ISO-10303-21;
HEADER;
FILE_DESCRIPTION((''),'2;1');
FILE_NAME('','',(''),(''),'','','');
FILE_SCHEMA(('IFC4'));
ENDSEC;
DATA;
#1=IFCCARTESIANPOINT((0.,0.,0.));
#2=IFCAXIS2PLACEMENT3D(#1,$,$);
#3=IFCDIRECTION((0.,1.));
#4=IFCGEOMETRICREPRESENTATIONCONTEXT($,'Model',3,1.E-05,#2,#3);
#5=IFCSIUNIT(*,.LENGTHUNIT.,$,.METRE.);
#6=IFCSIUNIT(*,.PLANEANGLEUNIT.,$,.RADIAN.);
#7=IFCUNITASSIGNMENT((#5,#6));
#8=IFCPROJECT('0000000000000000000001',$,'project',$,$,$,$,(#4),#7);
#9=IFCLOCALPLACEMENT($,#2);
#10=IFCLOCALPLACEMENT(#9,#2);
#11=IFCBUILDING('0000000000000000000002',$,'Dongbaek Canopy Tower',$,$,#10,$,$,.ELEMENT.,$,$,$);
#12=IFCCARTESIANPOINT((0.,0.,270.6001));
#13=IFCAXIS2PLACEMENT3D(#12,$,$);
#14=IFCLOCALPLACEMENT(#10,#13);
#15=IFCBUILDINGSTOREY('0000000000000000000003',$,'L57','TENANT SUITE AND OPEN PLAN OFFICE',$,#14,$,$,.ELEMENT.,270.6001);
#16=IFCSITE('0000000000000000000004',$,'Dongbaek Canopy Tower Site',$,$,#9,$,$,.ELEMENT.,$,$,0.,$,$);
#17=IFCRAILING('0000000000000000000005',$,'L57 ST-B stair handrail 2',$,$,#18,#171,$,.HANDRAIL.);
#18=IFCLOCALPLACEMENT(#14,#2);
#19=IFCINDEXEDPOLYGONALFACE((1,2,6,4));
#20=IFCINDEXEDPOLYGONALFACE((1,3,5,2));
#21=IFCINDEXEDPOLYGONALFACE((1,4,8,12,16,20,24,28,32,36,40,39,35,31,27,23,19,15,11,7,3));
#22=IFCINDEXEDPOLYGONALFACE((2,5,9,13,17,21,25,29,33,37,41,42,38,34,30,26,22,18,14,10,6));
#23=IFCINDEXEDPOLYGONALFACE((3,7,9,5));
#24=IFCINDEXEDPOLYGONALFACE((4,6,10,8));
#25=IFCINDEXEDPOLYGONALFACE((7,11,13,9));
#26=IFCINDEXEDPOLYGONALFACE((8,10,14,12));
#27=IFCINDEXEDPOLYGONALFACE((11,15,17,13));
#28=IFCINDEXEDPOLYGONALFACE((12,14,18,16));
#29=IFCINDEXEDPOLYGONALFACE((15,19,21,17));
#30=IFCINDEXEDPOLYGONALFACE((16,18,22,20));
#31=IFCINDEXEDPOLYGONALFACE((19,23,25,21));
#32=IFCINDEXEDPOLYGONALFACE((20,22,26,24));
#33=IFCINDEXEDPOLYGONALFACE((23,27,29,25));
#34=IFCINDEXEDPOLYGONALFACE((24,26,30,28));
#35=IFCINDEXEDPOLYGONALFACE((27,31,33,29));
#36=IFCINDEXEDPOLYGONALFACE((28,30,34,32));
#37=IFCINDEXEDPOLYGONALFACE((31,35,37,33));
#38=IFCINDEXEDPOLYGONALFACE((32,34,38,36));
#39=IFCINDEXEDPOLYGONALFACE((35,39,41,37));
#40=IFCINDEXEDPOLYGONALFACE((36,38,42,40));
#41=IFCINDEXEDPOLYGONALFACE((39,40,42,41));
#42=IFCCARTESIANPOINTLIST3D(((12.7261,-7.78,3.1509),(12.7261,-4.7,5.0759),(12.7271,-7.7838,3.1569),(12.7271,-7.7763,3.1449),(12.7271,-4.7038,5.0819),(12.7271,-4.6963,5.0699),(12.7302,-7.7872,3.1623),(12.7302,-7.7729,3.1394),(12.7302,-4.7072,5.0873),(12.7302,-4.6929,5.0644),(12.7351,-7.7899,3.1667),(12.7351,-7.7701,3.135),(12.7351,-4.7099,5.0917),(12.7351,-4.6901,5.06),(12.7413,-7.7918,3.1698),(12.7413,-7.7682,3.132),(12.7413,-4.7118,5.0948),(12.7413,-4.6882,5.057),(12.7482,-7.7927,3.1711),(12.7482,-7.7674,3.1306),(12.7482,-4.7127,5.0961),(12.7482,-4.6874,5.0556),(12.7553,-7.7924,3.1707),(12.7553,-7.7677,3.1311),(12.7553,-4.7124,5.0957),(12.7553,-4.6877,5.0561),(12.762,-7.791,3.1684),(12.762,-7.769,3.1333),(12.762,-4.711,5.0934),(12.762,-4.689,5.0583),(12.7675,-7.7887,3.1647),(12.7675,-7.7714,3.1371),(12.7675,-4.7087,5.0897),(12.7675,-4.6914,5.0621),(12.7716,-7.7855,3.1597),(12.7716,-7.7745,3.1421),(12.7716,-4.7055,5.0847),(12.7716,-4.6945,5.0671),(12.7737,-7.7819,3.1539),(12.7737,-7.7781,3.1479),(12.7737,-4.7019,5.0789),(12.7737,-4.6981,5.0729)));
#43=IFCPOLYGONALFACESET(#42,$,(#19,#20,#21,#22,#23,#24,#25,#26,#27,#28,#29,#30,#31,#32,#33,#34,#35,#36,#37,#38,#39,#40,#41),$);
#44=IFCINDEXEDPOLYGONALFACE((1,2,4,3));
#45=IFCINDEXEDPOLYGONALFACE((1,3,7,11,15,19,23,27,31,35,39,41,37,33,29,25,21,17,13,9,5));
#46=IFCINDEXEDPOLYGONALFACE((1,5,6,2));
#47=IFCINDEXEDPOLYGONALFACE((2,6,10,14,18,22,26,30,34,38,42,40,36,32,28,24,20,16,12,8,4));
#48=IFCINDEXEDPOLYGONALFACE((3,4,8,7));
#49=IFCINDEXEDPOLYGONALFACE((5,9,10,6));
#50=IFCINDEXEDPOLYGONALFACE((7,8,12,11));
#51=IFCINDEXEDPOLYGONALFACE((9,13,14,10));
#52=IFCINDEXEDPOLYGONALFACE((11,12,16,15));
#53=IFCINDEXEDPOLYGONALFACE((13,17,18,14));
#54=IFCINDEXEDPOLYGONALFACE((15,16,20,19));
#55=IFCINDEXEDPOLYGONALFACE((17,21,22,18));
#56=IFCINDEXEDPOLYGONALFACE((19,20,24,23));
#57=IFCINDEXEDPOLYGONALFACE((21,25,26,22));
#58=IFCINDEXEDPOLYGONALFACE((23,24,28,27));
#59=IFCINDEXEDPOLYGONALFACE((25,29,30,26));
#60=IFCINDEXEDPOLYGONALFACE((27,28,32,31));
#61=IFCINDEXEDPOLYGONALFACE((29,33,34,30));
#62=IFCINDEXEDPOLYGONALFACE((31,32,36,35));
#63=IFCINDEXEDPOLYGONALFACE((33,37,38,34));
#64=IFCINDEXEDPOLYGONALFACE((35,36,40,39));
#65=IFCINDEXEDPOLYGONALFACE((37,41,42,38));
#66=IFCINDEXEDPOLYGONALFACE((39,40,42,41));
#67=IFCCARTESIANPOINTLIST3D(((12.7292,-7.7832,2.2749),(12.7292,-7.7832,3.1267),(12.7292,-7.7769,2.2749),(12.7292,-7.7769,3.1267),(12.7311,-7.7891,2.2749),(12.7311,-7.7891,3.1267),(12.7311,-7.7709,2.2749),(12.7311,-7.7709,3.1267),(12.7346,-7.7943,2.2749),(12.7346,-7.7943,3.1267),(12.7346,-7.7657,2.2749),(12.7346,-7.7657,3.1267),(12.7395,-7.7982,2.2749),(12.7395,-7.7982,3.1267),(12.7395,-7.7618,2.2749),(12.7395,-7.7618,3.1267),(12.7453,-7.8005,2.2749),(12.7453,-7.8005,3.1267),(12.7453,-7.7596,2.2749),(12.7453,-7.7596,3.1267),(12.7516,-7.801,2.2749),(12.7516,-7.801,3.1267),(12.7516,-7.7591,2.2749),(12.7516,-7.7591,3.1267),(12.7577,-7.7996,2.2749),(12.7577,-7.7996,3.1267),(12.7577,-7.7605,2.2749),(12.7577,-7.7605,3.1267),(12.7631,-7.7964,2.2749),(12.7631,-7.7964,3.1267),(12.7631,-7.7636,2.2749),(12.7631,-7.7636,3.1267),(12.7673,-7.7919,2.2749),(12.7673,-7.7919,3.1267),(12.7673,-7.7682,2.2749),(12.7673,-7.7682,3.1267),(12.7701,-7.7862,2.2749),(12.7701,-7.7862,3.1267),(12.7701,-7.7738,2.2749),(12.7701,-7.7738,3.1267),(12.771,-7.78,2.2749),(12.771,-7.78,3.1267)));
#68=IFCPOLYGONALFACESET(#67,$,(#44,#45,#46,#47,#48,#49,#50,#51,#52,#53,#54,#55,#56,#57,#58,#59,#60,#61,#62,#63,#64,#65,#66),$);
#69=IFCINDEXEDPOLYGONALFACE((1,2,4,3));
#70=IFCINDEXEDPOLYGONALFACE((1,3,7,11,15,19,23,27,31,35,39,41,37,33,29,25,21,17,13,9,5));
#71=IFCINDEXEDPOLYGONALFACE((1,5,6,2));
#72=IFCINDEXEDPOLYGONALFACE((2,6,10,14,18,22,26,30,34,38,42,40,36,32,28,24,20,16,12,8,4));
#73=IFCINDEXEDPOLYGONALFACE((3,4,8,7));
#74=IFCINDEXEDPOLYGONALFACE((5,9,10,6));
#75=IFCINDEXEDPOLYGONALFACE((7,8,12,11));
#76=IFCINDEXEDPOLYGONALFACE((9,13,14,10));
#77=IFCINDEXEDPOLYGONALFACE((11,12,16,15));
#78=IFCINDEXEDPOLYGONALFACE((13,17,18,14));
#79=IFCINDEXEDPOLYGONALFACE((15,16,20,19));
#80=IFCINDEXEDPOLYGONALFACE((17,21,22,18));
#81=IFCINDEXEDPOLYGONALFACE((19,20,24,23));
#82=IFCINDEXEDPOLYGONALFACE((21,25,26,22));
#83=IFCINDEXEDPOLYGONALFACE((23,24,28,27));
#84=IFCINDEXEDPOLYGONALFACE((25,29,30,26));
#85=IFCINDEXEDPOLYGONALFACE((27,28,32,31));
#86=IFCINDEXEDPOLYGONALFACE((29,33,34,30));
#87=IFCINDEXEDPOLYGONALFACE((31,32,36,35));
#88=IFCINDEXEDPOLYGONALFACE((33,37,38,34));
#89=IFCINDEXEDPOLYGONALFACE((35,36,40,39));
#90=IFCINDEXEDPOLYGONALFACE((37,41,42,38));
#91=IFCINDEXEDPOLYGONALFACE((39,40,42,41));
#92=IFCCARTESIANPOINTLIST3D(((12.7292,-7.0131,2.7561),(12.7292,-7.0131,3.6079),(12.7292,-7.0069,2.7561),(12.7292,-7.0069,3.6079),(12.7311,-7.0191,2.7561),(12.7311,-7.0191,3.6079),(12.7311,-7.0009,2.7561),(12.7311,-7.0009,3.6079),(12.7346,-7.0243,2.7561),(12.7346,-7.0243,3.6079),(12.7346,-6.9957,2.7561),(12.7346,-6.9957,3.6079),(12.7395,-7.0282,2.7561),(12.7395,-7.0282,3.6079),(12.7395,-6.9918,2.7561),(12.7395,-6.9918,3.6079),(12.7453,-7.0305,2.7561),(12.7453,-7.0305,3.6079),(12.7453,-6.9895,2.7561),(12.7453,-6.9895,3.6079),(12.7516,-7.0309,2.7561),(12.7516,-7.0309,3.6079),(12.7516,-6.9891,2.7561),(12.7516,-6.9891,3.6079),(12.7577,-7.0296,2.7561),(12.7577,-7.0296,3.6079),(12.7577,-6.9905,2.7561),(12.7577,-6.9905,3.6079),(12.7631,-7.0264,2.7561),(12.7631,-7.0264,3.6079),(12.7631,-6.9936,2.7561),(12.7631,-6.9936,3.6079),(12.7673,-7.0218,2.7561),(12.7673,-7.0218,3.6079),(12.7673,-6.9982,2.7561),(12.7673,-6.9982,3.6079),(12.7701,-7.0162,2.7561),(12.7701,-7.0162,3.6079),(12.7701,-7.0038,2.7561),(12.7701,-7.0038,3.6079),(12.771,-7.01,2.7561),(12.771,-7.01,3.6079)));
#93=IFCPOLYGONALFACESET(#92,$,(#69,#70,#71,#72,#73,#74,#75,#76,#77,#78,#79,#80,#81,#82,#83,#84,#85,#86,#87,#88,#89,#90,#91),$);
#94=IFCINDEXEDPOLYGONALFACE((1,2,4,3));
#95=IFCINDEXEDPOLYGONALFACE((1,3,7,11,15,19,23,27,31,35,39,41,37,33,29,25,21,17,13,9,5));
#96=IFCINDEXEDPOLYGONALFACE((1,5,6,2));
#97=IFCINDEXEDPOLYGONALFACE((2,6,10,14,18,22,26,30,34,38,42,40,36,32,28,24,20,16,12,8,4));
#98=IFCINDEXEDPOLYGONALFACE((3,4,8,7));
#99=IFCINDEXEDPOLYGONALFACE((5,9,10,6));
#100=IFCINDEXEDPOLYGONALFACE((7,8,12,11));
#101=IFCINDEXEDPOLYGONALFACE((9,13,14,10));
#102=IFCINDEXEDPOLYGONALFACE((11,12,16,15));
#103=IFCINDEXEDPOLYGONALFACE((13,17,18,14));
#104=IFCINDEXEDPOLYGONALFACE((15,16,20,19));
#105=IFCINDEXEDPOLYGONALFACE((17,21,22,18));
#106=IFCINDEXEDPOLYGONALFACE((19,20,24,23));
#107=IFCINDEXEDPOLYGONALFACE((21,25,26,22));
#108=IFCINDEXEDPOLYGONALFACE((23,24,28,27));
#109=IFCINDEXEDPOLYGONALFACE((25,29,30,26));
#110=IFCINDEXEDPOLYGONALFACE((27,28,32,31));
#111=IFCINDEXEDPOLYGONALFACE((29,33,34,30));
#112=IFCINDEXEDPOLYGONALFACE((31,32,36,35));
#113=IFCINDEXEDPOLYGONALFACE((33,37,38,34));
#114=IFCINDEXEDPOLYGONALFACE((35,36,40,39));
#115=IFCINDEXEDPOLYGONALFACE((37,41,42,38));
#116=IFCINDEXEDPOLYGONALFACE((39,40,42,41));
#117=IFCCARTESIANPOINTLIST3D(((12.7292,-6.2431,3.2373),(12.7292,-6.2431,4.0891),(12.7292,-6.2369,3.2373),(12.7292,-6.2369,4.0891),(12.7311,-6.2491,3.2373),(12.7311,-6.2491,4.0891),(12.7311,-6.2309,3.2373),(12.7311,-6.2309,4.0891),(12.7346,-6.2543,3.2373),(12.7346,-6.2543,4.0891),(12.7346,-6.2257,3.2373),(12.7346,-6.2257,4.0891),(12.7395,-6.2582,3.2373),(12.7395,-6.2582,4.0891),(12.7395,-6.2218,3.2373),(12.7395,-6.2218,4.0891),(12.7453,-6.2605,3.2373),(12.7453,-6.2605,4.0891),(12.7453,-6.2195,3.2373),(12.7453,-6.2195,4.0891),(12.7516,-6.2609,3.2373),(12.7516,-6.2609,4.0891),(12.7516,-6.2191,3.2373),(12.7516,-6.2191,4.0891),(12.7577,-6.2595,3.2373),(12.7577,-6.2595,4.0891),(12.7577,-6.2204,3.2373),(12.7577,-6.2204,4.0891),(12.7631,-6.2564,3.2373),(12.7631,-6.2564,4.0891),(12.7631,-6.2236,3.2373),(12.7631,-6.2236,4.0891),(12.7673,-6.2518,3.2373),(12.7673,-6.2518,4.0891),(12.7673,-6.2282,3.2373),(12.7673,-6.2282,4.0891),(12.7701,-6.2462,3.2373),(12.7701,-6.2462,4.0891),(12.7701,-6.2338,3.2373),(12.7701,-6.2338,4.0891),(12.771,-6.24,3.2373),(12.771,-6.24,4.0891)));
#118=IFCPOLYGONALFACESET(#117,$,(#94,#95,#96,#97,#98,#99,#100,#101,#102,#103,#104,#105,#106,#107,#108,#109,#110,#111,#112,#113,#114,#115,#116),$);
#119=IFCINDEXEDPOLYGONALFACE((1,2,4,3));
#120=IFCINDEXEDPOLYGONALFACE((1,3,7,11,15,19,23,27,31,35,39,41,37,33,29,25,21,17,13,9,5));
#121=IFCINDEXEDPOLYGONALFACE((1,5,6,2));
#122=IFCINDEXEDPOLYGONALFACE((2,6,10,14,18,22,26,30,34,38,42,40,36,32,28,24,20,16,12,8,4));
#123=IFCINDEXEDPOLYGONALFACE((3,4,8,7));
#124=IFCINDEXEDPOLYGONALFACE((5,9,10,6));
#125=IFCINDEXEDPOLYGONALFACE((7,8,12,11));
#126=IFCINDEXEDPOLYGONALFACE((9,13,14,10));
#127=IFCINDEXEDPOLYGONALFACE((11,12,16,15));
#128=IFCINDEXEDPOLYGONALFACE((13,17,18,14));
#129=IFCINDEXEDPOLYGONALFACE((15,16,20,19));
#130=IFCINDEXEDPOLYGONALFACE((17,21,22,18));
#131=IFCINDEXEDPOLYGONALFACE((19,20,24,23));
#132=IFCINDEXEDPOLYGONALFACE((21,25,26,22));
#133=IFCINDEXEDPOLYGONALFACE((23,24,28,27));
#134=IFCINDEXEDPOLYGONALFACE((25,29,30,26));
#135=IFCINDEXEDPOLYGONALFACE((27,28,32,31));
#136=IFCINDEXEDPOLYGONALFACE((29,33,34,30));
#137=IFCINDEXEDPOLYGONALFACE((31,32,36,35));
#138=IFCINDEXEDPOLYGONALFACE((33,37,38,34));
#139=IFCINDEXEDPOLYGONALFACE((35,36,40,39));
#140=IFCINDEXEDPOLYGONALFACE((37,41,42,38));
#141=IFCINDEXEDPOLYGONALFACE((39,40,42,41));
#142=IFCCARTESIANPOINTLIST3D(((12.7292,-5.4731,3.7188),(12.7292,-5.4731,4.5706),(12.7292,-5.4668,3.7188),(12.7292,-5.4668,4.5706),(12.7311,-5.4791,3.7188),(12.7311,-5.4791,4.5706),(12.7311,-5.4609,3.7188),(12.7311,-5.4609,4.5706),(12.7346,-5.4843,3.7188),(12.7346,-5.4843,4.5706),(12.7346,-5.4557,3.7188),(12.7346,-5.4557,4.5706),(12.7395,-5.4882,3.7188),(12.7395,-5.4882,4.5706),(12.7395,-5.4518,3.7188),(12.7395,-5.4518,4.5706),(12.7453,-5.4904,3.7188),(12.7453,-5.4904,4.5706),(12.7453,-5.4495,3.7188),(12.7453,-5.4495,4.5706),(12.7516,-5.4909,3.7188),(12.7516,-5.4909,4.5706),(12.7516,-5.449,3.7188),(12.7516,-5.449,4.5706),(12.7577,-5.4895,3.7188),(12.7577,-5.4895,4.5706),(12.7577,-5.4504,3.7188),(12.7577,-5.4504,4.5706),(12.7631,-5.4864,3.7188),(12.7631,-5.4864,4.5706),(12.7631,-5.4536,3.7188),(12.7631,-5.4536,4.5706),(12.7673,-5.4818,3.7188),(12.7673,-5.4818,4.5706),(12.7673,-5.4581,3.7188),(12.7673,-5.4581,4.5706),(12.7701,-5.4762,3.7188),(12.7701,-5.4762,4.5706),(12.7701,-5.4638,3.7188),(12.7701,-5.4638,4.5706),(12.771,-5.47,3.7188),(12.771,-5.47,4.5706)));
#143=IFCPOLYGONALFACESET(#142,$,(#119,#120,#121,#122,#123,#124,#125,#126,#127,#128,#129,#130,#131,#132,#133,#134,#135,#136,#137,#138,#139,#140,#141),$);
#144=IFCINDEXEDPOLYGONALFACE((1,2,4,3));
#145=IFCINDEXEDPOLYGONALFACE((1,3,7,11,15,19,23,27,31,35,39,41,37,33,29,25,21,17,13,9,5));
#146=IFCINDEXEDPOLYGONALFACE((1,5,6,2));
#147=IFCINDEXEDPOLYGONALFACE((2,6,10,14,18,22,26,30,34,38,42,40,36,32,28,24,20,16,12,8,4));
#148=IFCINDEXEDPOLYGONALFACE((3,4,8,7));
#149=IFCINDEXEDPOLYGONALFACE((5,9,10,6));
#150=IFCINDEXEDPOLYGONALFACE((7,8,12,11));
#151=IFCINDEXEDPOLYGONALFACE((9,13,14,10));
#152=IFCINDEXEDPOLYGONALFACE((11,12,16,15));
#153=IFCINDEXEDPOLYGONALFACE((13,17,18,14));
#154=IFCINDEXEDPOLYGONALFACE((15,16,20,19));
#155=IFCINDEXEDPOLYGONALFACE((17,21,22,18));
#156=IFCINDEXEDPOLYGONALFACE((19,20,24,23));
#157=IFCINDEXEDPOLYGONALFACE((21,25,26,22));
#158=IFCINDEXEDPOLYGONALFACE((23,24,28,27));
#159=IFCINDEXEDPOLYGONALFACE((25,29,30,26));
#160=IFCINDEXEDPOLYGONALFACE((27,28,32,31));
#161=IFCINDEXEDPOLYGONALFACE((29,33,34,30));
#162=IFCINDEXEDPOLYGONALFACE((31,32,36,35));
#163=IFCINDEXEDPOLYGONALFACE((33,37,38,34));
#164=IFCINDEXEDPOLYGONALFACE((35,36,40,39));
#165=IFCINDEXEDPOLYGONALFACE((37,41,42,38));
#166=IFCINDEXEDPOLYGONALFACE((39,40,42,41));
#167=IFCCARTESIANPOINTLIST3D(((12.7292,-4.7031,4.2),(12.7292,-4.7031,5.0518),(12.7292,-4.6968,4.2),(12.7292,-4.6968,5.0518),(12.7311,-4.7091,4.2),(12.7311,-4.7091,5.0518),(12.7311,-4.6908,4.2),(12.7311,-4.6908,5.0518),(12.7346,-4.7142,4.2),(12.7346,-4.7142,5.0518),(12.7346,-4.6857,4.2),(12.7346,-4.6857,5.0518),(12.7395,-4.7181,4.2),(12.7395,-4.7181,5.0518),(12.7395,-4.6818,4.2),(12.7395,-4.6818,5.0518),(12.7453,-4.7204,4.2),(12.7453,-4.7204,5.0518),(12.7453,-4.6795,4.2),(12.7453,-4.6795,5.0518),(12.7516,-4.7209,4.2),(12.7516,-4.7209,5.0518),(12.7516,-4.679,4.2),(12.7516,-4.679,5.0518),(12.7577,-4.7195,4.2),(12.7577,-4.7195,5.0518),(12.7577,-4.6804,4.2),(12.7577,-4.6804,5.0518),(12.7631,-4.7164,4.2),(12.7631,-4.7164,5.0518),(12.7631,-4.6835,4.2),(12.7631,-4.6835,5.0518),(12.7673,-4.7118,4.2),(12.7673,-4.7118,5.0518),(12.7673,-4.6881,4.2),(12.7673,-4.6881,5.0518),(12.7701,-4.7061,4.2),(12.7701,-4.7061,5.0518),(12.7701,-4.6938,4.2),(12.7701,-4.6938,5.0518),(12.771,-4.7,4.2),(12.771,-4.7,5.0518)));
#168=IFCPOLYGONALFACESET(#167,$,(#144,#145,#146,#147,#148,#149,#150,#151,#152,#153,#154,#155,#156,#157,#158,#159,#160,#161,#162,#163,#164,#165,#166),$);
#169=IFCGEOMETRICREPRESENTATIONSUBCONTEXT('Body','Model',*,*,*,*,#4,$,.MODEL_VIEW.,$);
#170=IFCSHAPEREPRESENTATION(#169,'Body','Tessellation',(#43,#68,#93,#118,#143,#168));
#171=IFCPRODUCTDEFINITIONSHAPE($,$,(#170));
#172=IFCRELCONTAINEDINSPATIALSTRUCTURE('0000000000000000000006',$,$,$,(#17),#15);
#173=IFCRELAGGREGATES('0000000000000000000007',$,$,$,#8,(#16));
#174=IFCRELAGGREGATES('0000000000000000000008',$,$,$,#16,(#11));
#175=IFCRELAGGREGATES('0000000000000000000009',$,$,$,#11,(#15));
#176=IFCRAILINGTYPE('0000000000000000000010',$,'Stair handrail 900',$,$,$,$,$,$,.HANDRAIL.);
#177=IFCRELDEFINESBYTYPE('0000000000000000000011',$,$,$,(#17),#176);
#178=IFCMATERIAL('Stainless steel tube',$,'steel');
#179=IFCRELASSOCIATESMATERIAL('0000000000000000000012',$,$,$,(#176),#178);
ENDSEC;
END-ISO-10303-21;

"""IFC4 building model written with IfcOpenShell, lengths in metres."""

from ifc_helpers import new_model, si_unit, direction, frame, origin, origin_2d, place, context, subcontext, project, spatial, circle, extrude, material, type_object, element, save


model = new_model("IFC4")

# Units and contexts
model_context = context("Model", 3, precision=1e-05, world=origin(), true_north=direction((0.0, 1.0)))
body_context = subcontext(model_context, "Body", "Model", "MODEL_VIEW")
ifc_project = project(units=[si_unit("LENGTHUNIT", "METRE"), si_unit("PLANEANGLEUNIT", "RADIAN")], contexts=[model_context])

# Site, building, storey
site_placement = place(None, origin())
site = spatial("IfcSite", under=ifc_project, at=site_placement, Name="Dongbaek Canopy Tower Site", CompositionType="ELEMENT", RefElevation=0.0)
building_placement = place(site_placement, origin())
building = spatial("IfcBuilding", under=site, at=building_placement, Name="Dongbaek Canopy Tower", CompositionType="ELEMENT")
storey_placement = place(building_placement, frame((0.0, 0.0, 270.6001)))
storey = spatial("IfcBuildingStorey", under=building, at=storey_placement, Name="L57", Description="TENANT SUITE AND OPEN PLAN OFFICE", CompositionType="ELEMENT", Elevation=270.6001)

# Railing
ifc_material_1 = material(Name="Stainless steel tube", Category="steel")
railing_type_1 = type_object("IfcRailingType", Name="Stair handrail 900", PredefinedType="HANDRAIL", material=ifc_material_1)
railing_1_placement = place(storey_placement, frame((12.75, -7.78, 2.2749)))
element("IfcRailing", 1, at=railing_1_placement, inside=storey, type_object=railing_type_1, Name="L57 ST-B stair handrail 2", PredefinedType="HANDRAIL", context=body_context, shape_type="SweptSolid", body=[
    extrude(circle(Radius=0.0239, at=origin_2d()), frame((0.0, 0.0, 0.876), z_axis=(0.0, 0.847998, 0.529999), x_axis=(-1.0, 0.0, 0.0)), (0.0, 0.0, 1.0), 3.6321),
    extrude(circle(Radius=0.021, at=origin_2d()), origin(), (0.0, 0.0, 1.0), 0.8518),
    extrude(circle(Radius=0.021, at=origin_2d()), frame((0.0, 0.77, 0.4812)), (0.0, 0.0, 1.0), 0.8518),
    extrude(circle(Radius=0.021, at=origin_2d()), frame((0.0, 1.54, 0.9624)), (0.0, 0.0, 1.0), 0.8518),
    extrude(circle(Radius=0.021, at=origin_2d()), frame((0.0, 2.3101, 1.4438)), (0.0, 0.0, 1.0), 0.8518),
    extrude(circle(Radius=0.021, at=origin_2d()), frame((0.0, 3.0801, 1.925)), (0.0, 0.0, 1.0), 0.8518),
])

save(model, "model.ifc")
